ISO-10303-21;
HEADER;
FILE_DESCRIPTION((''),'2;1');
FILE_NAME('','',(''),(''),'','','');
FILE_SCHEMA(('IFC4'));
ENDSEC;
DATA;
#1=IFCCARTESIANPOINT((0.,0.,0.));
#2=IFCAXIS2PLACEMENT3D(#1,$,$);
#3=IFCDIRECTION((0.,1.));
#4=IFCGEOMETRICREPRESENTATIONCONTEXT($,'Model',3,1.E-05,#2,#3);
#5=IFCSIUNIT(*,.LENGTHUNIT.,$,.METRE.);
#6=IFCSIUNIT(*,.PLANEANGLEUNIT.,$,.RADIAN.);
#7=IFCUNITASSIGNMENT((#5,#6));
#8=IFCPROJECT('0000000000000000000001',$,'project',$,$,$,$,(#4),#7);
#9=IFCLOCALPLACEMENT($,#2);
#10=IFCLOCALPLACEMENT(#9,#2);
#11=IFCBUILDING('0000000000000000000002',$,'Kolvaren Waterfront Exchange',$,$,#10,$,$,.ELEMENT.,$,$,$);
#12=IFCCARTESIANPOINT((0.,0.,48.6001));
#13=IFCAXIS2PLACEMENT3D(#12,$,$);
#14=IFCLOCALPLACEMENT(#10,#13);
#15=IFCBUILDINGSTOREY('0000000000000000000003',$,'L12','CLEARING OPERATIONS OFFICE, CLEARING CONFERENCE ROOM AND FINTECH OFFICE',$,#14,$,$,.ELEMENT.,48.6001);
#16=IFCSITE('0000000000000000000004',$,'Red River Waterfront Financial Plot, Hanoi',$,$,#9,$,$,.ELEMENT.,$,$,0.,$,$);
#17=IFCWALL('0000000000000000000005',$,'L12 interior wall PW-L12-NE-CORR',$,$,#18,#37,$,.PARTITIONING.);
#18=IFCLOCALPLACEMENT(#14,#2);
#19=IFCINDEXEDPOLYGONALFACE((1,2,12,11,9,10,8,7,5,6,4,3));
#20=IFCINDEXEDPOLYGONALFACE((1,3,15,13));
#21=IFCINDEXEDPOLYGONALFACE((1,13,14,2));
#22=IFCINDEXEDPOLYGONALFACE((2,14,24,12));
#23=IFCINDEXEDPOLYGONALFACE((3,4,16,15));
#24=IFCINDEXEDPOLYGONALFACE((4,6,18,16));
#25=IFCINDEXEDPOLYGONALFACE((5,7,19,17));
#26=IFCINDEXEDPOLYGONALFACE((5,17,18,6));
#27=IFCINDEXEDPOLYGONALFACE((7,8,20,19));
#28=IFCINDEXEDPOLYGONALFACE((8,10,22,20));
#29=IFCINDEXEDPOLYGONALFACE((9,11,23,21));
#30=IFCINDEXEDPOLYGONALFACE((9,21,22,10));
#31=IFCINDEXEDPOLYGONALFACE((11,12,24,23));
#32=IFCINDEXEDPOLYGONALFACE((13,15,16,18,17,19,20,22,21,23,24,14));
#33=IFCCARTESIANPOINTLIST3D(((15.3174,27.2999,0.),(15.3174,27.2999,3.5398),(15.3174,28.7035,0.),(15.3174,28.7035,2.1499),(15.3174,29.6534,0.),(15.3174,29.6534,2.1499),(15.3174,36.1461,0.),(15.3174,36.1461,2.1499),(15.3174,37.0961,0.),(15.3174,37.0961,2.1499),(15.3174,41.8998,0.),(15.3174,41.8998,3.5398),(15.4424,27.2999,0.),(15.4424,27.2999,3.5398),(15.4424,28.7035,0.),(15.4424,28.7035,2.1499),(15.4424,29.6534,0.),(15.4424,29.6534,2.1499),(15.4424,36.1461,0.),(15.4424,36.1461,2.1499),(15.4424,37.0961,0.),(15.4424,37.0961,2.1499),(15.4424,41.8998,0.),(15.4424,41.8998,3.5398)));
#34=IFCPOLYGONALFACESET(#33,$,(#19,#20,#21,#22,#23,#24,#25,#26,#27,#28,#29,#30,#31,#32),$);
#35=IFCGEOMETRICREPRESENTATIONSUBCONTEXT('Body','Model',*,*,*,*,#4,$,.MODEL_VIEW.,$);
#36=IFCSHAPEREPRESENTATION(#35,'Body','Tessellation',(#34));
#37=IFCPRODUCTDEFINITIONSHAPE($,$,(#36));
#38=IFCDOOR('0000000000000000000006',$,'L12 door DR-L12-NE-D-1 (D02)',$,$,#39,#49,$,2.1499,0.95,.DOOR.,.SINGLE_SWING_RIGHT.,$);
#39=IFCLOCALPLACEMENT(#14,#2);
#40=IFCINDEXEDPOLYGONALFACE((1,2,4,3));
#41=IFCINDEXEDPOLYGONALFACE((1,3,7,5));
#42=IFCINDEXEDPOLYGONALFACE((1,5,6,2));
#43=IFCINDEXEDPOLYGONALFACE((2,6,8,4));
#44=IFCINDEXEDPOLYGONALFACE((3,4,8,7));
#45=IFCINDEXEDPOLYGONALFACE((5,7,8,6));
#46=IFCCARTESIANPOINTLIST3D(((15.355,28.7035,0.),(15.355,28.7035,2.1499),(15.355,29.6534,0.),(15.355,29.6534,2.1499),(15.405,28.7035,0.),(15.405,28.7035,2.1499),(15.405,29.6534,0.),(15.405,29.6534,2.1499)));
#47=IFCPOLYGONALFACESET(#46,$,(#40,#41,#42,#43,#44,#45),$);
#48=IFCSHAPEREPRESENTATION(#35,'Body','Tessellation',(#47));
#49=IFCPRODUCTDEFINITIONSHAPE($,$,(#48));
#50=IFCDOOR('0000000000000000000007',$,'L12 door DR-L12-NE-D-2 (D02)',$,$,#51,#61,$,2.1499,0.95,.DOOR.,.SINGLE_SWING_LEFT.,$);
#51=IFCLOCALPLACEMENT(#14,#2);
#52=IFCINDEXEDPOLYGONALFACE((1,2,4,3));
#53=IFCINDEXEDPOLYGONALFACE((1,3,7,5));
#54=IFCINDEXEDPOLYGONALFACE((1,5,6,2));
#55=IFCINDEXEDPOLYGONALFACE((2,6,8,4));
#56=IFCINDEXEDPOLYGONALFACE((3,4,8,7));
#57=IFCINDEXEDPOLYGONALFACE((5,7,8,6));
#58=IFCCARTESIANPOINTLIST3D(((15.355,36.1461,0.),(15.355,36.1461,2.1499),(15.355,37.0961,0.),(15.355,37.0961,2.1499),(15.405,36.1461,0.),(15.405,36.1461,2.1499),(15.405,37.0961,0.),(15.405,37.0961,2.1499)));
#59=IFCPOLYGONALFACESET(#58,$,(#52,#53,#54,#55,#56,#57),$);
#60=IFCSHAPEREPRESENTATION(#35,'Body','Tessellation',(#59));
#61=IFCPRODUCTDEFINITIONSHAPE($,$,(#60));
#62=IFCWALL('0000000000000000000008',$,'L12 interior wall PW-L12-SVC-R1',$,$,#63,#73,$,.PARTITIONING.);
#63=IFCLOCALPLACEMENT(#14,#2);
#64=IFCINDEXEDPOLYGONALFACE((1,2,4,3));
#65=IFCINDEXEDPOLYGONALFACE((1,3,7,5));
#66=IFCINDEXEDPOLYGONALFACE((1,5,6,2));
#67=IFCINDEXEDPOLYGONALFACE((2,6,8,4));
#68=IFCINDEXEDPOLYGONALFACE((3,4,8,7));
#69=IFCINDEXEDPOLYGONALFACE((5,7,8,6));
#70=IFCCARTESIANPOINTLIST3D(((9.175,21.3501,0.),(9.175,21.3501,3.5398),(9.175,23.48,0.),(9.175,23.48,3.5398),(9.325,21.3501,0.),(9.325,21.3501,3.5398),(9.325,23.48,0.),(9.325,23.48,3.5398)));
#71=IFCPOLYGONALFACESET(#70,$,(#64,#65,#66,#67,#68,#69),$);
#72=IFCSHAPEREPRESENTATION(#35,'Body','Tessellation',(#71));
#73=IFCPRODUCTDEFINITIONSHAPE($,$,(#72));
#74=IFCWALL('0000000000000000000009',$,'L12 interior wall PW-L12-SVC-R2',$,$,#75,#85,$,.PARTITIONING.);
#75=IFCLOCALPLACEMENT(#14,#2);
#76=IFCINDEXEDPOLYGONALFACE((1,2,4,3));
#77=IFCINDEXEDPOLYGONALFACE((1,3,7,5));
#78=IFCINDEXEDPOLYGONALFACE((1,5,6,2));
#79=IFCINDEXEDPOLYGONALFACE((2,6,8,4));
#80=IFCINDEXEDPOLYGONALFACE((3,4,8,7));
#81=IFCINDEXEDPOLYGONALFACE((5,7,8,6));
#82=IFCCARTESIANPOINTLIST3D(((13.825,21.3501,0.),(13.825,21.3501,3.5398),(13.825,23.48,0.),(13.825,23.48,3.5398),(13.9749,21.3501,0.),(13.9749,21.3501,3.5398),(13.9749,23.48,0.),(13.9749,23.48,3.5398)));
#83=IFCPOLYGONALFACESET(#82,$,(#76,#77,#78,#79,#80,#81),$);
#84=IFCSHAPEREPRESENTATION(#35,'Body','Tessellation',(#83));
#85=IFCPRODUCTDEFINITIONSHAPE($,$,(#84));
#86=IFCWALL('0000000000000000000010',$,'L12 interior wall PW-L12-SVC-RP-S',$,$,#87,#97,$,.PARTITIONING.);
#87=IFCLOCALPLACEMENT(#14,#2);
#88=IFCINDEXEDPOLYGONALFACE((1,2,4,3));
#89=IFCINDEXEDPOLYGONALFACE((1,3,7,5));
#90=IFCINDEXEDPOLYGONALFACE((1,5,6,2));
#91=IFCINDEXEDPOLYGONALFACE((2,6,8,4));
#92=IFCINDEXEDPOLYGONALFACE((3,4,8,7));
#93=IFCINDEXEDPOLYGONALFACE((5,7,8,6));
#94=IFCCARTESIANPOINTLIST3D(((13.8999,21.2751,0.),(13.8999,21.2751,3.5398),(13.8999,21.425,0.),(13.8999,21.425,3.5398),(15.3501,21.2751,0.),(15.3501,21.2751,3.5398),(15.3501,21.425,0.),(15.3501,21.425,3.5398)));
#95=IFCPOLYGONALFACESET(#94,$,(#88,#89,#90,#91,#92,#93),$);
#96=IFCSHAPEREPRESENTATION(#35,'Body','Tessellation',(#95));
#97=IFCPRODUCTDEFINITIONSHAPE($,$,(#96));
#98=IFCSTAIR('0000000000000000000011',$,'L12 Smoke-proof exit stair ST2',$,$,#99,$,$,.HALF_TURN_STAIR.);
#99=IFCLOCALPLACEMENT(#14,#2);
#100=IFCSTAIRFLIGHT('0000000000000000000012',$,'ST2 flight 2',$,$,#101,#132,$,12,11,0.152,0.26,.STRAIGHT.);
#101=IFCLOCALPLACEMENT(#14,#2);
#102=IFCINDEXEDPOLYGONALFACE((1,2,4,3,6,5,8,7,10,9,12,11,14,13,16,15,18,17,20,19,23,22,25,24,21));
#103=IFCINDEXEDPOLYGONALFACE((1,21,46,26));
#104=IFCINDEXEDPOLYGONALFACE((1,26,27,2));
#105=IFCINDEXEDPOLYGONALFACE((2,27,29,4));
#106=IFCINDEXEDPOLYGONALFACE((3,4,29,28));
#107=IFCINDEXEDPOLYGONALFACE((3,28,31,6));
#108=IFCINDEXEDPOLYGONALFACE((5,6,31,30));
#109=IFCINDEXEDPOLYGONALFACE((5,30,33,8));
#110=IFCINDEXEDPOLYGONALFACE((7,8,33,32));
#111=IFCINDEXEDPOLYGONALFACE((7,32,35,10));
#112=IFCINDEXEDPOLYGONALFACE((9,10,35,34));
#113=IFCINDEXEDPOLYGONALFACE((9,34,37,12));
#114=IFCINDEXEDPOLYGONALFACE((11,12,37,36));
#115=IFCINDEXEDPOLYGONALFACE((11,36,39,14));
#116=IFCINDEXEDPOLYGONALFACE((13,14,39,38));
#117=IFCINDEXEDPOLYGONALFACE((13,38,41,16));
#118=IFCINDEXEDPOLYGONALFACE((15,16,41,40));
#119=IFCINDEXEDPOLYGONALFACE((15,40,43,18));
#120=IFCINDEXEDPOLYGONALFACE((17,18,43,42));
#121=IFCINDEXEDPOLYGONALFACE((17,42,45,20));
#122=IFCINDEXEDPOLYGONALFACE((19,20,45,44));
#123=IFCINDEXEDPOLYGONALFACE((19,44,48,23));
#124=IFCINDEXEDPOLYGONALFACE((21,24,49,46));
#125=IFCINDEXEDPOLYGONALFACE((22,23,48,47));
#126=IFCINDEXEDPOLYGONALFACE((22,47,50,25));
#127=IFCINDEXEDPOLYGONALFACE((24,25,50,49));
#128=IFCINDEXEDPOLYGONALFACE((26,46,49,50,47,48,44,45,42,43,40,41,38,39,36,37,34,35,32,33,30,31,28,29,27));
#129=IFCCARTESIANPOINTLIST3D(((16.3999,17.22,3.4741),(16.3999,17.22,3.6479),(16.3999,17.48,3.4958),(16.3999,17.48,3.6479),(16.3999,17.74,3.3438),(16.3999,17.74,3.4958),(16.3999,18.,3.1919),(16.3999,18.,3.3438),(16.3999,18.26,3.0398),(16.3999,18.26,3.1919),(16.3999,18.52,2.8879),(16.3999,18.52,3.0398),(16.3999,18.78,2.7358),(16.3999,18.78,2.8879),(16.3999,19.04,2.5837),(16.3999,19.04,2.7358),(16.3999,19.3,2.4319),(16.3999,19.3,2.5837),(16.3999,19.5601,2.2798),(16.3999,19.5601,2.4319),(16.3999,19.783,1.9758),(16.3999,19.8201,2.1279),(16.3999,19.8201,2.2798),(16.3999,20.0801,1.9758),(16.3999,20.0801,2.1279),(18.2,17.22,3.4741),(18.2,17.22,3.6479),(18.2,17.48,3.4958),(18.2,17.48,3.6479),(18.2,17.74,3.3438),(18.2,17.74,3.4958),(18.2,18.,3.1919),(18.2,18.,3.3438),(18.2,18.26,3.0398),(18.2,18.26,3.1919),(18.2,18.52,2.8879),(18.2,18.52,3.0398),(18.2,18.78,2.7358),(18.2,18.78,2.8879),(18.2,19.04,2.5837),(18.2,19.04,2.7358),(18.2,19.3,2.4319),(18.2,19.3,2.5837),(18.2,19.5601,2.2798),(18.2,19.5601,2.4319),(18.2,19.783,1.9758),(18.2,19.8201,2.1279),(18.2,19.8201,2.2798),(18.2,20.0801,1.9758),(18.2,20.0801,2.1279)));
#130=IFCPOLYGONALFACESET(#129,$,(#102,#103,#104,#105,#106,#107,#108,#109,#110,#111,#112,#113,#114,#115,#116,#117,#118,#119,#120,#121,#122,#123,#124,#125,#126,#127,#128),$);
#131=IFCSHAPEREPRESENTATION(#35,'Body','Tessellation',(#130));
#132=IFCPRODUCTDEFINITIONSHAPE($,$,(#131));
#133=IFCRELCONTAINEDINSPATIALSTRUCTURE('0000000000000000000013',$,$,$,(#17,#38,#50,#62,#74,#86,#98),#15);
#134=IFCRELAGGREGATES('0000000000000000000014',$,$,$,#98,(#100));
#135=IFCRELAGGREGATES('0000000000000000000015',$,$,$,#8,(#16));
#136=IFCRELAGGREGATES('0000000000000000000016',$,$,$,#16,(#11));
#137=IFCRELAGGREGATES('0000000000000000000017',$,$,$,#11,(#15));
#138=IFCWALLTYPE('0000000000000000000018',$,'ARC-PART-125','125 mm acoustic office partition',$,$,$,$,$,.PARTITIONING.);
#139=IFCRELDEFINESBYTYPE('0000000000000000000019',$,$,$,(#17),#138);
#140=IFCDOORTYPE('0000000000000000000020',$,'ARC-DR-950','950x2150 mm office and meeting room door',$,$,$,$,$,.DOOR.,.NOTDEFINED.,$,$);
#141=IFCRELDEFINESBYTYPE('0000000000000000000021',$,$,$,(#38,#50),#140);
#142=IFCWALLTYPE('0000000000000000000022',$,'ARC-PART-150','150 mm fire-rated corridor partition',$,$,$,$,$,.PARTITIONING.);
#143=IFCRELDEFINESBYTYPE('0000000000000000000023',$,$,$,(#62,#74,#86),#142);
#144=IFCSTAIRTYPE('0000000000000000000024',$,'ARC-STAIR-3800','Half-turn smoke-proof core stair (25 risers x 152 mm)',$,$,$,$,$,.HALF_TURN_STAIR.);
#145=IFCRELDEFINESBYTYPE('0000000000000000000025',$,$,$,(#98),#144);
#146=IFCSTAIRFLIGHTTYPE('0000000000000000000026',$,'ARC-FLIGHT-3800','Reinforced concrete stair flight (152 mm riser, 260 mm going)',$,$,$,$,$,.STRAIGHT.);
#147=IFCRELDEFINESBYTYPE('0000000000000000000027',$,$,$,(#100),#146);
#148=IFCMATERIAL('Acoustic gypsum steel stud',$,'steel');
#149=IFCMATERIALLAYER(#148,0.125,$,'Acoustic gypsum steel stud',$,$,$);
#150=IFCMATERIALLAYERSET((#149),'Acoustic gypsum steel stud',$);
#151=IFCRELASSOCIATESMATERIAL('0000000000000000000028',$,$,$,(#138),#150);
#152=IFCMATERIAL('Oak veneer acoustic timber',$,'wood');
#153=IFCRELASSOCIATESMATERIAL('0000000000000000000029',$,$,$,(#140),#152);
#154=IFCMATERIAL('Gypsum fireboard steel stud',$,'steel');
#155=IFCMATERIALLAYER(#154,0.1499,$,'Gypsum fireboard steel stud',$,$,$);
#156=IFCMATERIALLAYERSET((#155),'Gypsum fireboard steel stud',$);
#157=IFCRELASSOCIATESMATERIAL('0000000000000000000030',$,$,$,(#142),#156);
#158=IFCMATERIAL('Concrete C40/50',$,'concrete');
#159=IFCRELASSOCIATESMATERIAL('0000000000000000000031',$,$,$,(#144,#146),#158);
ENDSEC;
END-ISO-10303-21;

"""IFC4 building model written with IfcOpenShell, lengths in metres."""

from ifc_helpers import new_model, si_unit, direction, frame, frame_2d, origin, place, context, subcontext, project, spatial, polyline, rectangle, outline, extrude, material, layer, layer_set, type_object, element, fill, aggregate, save


model = new_model("IFC4")

# Units and contexts
model_context = context("Model", 3, precision=1e-05, world=origin(), true_north=direction((0.0, 1.0)))
body_context = subcontext(model_context, "Body", "Model", "MODEL_VIEW")
ifc_project = project(units=[si_unit("LENGTHUNIT", "METRE"), si_unit("PLANEANGLEUNIT", "RADIAN")], contexts=[model_context])

# Site, building, storey
site_placement = place(None, origin())
site = spatial("IfcSite", under=ifc_project, at=site_placement, Name="Red River Waterfront Financial Plot, Hanoi", CompositionType="ELEMENT", RefElevation=0.0)
building_placement = place(site_placement, origin())
building = spatial("IfcBuilding", under=site, at=building_placement, Name="Kolvaren Waterfront Exchange", CompositionType="ELEMENT")
storey_placement = place(building_placement, frame((0.0, 0.0, 48.6001)))
storey = spatial("IfcBuildingStorey", under=building, at=storey_placement, Name="L12", Description="CLEARING OPERATIONS OFFICE, CLEARING CONFERENCE ROOM AND FINTECH OFFICE", CompositionType="ELEMENT", Elevation=48.6001)

# Shared definitions
ifc_material_1 = material(Name="Acoustic gypsum steel stud", Category="steel")
ifc_layer_1 = layer(ifc_material_1, 0.125, Name="Acoustic gypsum steel stud")
ifc_layer_set_1 = layer_set([ifc_layer_1], Name="Acoustic gypsum steel stud")
wall_type_1 = type_object("IfcWallType", Name="ARC-PART-125", Description="125 mm acoustic office partition", PredefinedType="PARTITIONING", material=ifc_layer_set_1)

# Shared definitions
ifc_material_2 = material(Name="Oak veneer acoustic timber", Category="wood")
door_type_1 = type_object("IfcDoorType", Name="ARC-DR-950", Description="950x2150 mm office and meeting room door", OperationType="NOTDEFINED", PredefinedType="DOOR", material=ifc_material_2)

# Wall, openings, doors
wall_1_placement = place(storey_placement, frame((15.3799, 27.3, 0.0), z_axis=(0.0, 0.0, 1.0), x_axis=(0.0, 1.0, 0.0)))
wall_1 = element("IfcWall", 1, at=wall_1_placement, inside=storey, type_object=wall_type_1, Name="L12 interior wall PW-L12-NE-CORR", PredefinedType="PARTITIONING", context=body_context, shape_type="SweptSolid", body=[
    extrude(rectangle(XDim=14.5999, YDim=0.125, at=frame_2d((7.2998, 0.0))), origin(), (0.0, 0.0, 1.0), 3.5398),
])
opening_1_placement = place(wall_1_placement, frame((1.4033, 0.0, 0.0)))
opening_1 = element("IfcOpeningElement", 2, at=opening_1_placement, cuts=wall_1, PredefinedType="OPENING", context=body_context, shape_type="SweptSolid", body=[
    extrude(rectangle(XDim=0.95, YDim=2.1499, at=frame_2d((0.4751, 1.075))), frame((0.0, 0.0725, 0.0), z_axis=(0.0, -1.0, 0.0), x_axis=(1.0, 0.0, 0.0)), (0.0, 0.0, 1.0), 0.145),
])
opening_2_placement = place(wall_1_placement, frame((8.8459, 0.0, 0.0)))
opening_2 = element("IfcOpeningElement", 3, at=opening_2_placement, cuts=wall_1, PredefinedType="OPENING", context=body_context, shape_type="SweptSolid", body=[
    extrude(rectangle(XDim=0.95, YDim=2.1499, at=frame_2d((0.4751, 1.075))), frame((0.0, 0.0725, 0.0), z_axis=(0.0, -1.0, 0.0), x_axis=(1.0, 0.0, 0.0)), (0.0, 0.0, 1.0), 0.145),
])
door_1_placement = place(opening_1_placement, origin())
door_1 = element("IfcDoor", 4, at=door_1_placement, inside=storey, type_object=door_type_1, Name="L12 door DR-L12-NE-D-1 (D02)", OperationType="SINGLE_SWING_RIGHT", OverallHeight=2.1499, OverallWidth=0.95, PredefinedType="DOOR", context=body_context, shape_type="SweptSolid", body=[
    extrude(rectangle(XDim=0.95, YDim=2.1499, at=frame_2d((0.4751, 1.075))), frame((0.0, 0.0249, 0.0), z_axis=(0.0, -1.0, 0.0), x_axis=(1.0, 0.0, 0.0)), (0.0, 0.0, 1.0), 0.05),
])
fill(opening_1, door_1)
door_2_placement = place(opening_2_placement, origin())
door_2 = element("IfcDoor", 5, at=door_2_placement, inside=storey, type_object=door_type_1, Name="L12 door DR-L12-NE-D-2 (D02)", OperationType="SINGLE_SWING_LEFT", OverallHeight=2.1499, OverallWidth=0.95, PredefinedType="DOOR", context=body_context, shape_type="SweptSolid", body=[
    extrude(rectangle(XDim=0.95, YDim=2.1499, at=frame_2d((0.4751, 1.075))), frame((0.0, 0.0249, 0.0), z_axis=(0.0, -1.0, 0.0), x_axis=(1.0, 0.0, 0.0)), (0.0, 0.0, 1.0), 0.05),
])
fill(opening_2, door_2)

# Walls
ifc_material_3 = material(Name="Gypsum fireboard steel stud", Category="steel")
ifc_layer_2 = layer(ifc_material_3, 0.1499, Name="Gypsum fireboard steel stud")
ifc_layer_set_2 = layer_set([ifc_layer_2], Name="Gypsum fireboard steel stud")
wall_type_2 = type_object("IfcWallType", Name="ARC-PART-150", Description="150 mm fire-rated corridor partition", PredefinedType="PARTITIONING", material=ifc_layer_set_2)
for number, where, z_axis, x_axis, name in (
    (6, (9.25, 21.3501, 0.0), (0.0, 0.0, 1.0), (0.0, 1.0, 0.0), "L12 interior wall PW-L12-SVC-R1"),
    (7, (13.8999, 21.3501, 0.0), (0.0, 0.0, 1.0), (0.0, 1.0, 0.0), "L12 interior wall PW-L12-SVC-R2"),
):
    element("IfcWall", number, at=place(storey_placement, frame(where, z_axis=z_axis, x_axis=x_axis)), inside=storey, type_object=wall_type_2, Name=name, PredefinedType="PARTITIONING", context=body_context, shape_type="SweptSolid", body=[
        extrude(rectangle(XDim=2.1299, YDim=0.1499, at=frame_2d((1.0649, 0.0))), origin(), (0.0, 0.0, 1.0), 3.5398),
    ])

# Wall
wall_2_placement = place(storey_placement, frame((13.8999, 21.3501, 0.0), z_axis=(0.0, 0.0, 1.0), x_axis=(1.0, 0.0, 0.0)))
element("IfcWall", 8, at=wall_2_placement, inside=storey, type_object=wall_type_2, Name="L12 interior wall PW-L12-SVC-RP-S", PredefinedType="PARTITIONING", context=body_context, shape_type="SweptSolid", body=[
    extrude(rectangle(XDim=1.4502, YDim=0.1499, at=frame_2d((0.7251, 0.0))), origin(), (0.0, 0.0, 1.0), 3.5398),
])

# Stair, stair flight
ifc_material_4 = material(Name="Concrete C40/50", Category="concrete")
stair_type = type_object("IfcStairType", Name="ARC-STAIR-3800", Description="Half-turn smoke-proof core stair (25 risers x 152 mm)", PredefinedType="HALF_TURN_STAIR", material=ifc_material_4)
stair_placement = place(storey_placement, origin())
stair = element("IfcStair", 9, at=stair_placement, inside=storey, type_object=stair_type, Name="L12 Smoke-proof exit stair ST2", PredefinedType="HALF_TURN_STAIR")
stair_flight_type = type_object("IfcStairFlightType", Name="ARC-FLIGHT-3800", Description="Reinforced concrete stair flight (152 mm riser, 260 mm going)", PredefinedType="STRAIGHT", material=ifc_material_4)
stair_flight_placement = place(storey_placement, frame((17.3, 20.0801, 1.9758), z_axis=(0.0, 0.0, 1.0), x_axis=(0.0, -1.0, 0.0)))
stair_flight = element("IfcStairFlight", 10, at=stair_flight_placement, type_object=stair_flight_type, Name="ST2 flight 2", NumberOfRisers=12, NumberOfTreads=11, PredefinedType="STRAIGHT", RiserHeight=0.152, TreadLength=0.26, context=body_context, shape_type="SweptSolid", body=[
    extrude(outline(polyline([(0.0, 0.0), (0.0, 0.1521), (0.26, 0.1521), (0.26, 0.304), (0.52, 0.304), (0.52, 0.4561), (0.78, 0.4561), (0.78, 0.6079), (1.04, 0.6079), (1.04, 0.76), (1.3, 0.76), (1.3, 0.9121), (1.5601, 0.9121), (1.5601, 1.064), (1.8201, 1.064), (1.8201, 1.2161), (2.0801, 1.2161), (2.0801, 1.3679), (2.3401, 1.3679), (2.3401, 1.52), (2.6001, 1.52), (2.6001, 1.6721), (2.8601, 1.6721), (2.8601, 1.824), (2.8601, 1.4983), (0.2971, 0.0), (0.0, 0.0)])), frame((0.0, 0.8999, 0.0), z_axis=(0.0, -1.0, 0.0), x_axis=(1.0, 0.0, 0.0)), (0.0, 0.0, 1.0), 1.8),
])
aggregate(stair, [stair_flight])

save(model, "model.ifc")
